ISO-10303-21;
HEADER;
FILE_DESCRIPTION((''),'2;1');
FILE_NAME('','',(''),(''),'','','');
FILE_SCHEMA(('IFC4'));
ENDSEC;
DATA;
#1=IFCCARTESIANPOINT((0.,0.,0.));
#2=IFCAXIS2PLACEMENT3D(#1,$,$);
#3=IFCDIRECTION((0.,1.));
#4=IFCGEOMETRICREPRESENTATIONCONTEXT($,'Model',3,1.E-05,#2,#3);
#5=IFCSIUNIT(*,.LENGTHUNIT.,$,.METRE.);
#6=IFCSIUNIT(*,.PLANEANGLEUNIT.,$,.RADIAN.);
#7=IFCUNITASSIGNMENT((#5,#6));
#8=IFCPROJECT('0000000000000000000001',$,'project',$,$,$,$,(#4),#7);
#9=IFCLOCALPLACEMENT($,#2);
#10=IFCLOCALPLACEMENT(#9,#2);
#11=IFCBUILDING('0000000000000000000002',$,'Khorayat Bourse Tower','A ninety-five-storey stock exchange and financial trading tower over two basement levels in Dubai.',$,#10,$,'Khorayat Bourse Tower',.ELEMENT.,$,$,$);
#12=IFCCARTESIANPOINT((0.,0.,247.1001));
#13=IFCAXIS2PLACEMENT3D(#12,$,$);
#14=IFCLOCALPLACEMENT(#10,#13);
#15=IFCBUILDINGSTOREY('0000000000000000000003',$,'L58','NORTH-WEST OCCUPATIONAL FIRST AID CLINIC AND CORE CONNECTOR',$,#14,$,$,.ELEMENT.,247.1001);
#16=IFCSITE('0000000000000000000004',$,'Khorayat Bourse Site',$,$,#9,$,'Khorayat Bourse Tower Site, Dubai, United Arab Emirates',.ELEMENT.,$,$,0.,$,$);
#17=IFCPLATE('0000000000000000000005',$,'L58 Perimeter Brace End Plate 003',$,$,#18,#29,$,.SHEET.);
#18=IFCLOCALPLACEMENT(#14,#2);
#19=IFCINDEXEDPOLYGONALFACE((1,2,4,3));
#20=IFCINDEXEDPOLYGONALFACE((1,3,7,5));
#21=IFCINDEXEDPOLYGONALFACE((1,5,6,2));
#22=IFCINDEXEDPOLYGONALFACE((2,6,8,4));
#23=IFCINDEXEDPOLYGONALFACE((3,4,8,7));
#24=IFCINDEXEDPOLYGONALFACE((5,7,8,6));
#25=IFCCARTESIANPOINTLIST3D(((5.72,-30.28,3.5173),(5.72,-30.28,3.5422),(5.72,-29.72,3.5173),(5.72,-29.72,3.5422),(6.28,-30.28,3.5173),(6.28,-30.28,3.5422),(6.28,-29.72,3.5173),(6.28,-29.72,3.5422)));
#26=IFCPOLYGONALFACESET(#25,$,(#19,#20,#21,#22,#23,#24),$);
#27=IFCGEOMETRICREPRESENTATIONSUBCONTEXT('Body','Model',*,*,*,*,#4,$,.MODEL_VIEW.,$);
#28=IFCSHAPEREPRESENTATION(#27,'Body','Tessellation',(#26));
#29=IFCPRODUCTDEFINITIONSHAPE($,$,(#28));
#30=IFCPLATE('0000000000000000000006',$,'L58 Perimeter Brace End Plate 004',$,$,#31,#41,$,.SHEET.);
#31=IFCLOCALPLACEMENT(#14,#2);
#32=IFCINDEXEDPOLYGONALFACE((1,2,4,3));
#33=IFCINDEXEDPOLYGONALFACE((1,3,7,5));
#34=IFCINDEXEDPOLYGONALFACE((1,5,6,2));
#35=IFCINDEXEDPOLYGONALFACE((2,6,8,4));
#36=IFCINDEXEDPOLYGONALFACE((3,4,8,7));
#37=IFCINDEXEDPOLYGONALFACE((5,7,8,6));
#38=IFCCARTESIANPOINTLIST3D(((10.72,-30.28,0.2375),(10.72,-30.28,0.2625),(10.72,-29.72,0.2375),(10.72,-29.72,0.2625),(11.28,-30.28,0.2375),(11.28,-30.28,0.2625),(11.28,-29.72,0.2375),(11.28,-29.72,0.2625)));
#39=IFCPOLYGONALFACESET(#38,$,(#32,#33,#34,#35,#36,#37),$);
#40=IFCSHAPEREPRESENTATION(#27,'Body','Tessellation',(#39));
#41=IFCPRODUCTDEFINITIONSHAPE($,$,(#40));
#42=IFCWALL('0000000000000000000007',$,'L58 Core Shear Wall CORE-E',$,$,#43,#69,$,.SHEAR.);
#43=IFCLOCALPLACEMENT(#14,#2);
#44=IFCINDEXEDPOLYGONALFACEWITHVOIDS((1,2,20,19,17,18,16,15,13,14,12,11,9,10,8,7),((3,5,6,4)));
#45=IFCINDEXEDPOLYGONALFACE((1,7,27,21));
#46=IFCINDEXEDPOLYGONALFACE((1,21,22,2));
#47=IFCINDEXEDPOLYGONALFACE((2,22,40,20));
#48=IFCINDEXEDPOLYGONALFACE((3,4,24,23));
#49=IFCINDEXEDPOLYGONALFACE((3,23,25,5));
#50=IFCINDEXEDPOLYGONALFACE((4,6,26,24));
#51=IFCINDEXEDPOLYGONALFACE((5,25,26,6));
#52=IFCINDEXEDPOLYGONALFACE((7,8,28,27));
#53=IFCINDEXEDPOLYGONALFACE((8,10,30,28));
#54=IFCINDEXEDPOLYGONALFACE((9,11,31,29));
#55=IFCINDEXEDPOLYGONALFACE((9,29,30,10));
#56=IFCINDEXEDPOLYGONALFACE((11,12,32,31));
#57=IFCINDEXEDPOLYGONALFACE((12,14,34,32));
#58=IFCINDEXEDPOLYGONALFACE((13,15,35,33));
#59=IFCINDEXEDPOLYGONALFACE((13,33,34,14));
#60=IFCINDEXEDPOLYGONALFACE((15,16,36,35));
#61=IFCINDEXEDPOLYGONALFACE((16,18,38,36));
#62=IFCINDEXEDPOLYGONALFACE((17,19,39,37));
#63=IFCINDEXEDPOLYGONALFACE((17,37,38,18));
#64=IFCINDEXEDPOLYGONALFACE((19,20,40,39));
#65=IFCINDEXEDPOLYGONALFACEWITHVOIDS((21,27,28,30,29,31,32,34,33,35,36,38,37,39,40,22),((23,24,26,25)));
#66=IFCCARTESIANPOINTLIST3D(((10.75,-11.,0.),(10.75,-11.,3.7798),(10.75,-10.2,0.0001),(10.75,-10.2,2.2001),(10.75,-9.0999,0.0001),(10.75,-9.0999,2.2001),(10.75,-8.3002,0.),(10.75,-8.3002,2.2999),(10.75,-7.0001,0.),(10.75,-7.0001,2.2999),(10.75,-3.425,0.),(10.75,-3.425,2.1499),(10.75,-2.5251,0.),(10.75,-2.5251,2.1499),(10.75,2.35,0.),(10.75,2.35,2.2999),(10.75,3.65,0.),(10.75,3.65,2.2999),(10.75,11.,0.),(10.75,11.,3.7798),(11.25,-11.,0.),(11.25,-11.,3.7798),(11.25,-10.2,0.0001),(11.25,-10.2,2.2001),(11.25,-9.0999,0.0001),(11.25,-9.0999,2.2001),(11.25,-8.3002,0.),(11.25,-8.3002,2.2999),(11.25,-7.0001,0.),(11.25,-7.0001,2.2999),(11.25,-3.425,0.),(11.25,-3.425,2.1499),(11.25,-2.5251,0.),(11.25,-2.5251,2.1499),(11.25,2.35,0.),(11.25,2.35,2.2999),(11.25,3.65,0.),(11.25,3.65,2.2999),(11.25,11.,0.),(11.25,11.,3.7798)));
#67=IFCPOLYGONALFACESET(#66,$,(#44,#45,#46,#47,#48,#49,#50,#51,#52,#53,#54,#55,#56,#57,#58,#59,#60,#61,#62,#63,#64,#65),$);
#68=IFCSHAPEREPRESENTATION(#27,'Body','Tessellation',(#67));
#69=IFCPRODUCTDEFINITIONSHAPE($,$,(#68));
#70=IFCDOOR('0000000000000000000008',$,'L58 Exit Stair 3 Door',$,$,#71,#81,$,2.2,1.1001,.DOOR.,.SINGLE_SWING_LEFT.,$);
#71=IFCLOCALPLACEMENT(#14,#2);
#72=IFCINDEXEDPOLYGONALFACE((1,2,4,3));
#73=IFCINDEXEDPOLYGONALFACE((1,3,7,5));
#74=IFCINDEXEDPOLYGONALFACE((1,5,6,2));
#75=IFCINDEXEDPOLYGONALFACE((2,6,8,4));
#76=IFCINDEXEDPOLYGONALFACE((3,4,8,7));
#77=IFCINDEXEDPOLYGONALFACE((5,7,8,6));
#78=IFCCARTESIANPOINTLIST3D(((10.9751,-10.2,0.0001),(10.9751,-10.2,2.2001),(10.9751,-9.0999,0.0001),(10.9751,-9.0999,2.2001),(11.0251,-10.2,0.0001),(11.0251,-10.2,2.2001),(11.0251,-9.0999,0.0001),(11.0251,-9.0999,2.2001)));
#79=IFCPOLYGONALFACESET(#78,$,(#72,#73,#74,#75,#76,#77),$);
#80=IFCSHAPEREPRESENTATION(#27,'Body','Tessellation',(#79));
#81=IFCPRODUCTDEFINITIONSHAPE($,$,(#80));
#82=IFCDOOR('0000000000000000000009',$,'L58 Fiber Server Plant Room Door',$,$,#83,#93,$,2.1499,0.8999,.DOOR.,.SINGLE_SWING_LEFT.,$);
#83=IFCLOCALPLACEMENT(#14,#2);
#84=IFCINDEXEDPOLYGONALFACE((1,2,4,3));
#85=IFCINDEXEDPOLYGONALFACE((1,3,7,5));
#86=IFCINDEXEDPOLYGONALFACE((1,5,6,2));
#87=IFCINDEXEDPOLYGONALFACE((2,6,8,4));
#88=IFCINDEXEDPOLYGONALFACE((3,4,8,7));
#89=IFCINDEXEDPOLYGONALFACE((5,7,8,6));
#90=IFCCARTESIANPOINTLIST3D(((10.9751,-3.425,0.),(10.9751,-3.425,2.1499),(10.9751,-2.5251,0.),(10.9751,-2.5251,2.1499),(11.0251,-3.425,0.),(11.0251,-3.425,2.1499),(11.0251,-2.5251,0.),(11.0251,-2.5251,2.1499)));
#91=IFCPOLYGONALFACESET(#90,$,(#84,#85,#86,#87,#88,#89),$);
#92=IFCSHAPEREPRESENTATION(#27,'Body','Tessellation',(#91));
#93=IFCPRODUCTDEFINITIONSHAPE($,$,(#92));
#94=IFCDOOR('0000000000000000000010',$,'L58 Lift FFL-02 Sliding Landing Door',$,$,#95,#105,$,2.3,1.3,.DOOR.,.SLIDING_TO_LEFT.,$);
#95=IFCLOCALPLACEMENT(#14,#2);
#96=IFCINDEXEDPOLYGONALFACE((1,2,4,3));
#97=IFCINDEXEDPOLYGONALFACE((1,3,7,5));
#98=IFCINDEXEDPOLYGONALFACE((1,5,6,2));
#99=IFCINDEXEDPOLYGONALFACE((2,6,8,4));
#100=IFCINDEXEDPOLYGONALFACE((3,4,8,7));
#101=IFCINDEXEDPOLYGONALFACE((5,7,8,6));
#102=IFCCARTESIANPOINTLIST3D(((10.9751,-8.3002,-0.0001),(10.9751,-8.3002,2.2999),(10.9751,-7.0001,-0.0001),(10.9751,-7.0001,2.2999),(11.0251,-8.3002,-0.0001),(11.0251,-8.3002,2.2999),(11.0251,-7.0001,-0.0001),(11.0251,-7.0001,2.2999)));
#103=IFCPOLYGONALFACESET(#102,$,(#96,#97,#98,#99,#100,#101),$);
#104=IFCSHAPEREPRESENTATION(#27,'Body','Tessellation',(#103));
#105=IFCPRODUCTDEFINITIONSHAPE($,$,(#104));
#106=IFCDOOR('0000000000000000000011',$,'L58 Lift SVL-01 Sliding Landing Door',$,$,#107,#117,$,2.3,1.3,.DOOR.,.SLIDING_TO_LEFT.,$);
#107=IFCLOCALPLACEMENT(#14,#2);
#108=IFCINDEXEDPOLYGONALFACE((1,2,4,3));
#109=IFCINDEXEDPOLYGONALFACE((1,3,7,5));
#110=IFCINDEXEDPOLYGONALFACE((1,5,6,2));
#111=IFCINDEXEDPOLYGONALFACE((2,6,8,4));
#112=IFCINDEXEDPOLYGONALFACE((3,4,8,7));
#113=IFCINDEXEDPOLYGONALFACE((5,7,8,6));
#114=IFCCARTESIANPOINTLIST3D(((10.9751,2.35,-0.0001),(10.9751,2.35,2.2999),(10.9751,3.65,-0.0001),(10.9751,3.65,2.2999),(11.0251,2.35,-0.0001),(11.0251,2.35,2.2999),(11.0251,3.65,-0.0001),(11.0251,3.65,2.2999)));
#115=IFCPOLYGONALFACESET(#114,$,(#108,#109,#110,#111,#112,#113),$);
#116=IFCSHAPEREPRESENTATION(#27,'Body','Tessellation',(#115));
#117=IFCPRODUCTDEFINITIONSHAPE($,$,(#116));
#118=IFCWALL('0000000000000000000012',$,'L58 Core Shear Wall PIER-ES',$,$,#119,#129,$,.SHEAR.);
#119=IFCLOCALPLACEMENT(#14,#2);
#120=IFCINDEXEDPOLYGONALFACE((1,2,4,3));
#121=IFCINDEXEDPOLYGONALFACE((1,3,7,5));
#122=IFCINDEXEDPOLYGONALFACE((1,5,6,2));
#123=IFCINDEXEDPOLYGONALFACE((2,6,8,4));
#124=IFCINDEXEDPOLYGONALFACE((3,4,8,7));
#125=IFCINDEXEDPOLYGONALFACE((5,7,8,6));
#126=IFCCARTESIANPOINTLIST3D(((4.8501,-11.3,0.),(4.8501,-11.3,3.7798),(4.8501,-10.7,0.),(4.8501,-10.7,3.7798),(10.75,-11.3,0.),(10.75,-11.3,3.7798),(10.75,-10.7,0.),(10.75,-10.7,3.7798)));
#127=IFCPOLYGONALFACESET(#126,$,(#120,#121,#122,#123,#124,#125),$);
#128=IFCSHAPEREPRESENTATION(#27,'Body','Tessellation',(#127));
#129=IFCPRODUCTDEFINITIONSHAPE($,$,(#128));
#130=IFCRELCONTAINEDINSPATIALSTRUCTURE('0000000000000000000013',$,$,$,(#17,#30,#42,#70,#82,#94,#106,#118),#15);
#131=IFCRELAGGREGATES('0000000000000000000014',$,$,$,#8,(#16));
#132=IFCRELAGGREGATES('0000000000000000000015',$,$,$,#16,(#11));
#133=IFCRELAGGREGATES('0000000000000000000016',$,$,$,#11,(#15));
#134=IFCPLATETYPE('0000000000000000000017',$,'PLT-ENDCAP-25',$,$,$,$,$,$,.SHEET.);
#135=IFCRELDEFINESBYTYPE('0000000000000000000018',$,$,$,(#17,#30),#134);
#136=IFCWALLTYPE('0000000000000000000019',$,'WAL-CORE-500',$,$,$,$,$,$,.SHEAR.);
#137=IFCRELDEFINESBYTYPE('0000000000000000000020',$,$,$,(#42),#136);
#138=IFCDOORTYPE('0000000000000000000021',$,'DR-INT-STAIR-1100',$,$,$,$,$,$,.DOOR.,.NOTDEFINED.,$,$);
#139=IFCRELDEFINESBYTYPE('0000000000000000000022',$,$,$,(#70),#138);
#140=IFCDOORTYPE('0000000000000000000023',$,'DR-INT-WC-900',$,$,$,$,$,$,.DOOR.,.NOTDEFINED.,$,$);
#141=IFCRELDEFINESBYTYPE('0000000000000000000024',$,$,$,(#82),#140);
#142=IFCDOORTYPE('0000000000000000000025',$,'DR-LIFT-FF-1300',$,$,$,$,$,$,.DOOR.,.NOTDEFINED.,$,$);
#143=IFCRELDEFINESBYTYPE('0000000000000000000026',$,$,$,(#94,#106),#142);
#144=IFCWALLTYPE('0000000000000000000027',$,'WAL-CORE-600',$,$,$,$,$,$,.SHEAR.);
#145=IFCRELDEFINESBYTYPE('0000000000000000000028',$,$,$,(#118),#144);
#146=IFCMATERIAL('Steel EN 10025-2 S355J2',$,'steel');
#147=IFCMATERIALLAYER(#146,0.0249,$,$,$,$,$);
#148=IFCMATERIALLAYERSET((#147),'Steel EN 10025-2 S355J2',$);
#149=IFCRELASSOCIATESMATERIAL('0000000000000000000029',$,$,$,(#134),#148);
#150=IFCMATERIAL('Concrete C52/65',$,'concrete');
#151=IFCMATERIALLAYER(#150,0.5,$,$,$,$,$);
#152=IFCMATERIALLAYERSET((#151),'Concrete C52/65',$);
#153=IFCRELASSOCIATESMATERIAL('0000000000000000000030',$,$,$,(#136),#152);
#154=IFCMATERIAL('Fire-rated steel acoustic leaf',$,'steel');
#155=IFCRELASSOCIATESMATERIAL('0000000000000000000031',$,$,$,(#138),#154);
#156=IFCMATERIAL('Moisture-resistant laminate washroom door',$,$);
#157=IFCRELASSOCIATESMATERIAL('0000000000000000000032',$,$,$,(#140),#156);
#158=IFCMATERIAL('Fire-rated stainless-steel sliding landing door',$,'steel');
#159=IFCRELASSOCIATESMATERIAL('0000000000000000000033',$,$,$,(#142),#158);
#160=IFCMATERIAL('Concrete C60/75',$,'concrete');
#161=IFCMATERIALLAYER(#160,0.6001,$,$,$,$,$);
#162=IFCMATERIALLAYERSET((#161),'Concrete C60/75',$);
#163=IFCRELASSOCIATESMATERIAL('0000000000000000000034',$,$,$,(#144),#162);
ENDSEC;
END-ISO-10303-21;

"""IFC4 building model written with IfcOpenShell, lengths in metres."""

from ifc_helpers import new_model, si_unit, direction, frame, frame_2d, origin, origin_2d, place, context, subcontext, project, spatial, rectangle, extrude, source, transform, mapped, material, layer, layer_set, type_object, element, fill, save


model = new_model("IFC4")

# Units and contexts
model_context = context("Model", 3, precision=1e-05, world=origin(), true_north=direction((0.0, 1.0)))
body_context = subcontext(model_context, "Body", "Model", "MODEL_VIEW")
ifc_project = project(units=[si_unit("LENGTHUNIT", "METRE"), si_unit("PLANEANGLEUNIT", "RADIAN")], contexts=[model_context])

# Site, building, storey
site_placement = place(None, origin())
site = spatial("IfcSite", under=ifc_project, at=site_placement, Name="Khorayat Bourse Site", LongName="Khorayat Bourse Tower Site, Dubai, United Arab Emirates", CompositionType="ELEMENT", RefElevation=0.0)
building_placement = place(site_placement, origin())
building = spatial("IfcBuilding", under=site, at=building_placement, Name="Khorayat Bourse Tower", Description="A ninety-five-storey stock exchange and financial trading tower over two basement levels in Dubai.", LongName="Khorayat Bourse Tower", CompositionType="ELEMENT")
storey_placement = place(building_placement, frame((0.0, 0.0, 247.1001)))
storey = spatial("IfcBuildingStorey", under=building, at=storey_placement, Name="L58", Description="NORTH-WEST OCCUPATIONAL FIRST AID CLINIC AND CORE CONNECTOR", CompositionType="ELEMENT", Elevation=247.1001)

# Shared definitions
ifc_material_1 = material(Name="Concrete C60/75", Category="concrete")

# Plates
ifc_material_2 = material(Name="Steel EN 10025-2 S355J2", Category="steel")
ifc_layer_1 = layer(ifc_material_2, 0.0249)
ifc_layer_set_1 = layer_set([ifc_layer_1], Name="Steel EN 10025-2 S355J2")
plate_type = type_object("IfcPlateType", Name="PLT-ENDCAP-25", PredefinedType="SHEET", material=ifc_layer_set_1)
shared_shape_1 = source(origin(), body_context, "Body", "SweptSolid", [
    extrude(rectangle(XDim=0.5601, YDim=0.5601, at=origin_2d()), origin(), (0.0, 0.0, 1.0), 0.0249),
])
for number, where, z_axis, x_axis, name in (
    (1, (6.0, -30.0, 3.5173), (0.0, 0.0, 1.0), (1.0, 0.0, 0.0), "L58 Perimeter Brace End Plate 003"),
    (2, (11.0, -30.0, 0.2375), (0.0, 0.0, 1.0), (1.0, 0.0, 0.0), "L58 Perimeter Brace End Plate 004"),
):
    element("IfcPlate", number, at=place(storey_placement, frame(where, z_axis=z_axis, x_axis=x_axis)), inside=storey, type_object=plate_type, Name=name, PredefinedType="SHEET", context=body_context, shape_type="MappedRepresentation", body=[
        mapped(shared_shape_1, transform((0.0, 0.0, 0.0), scale=1.0)),
    ])

# Wall, openings, doors
ifc_material_3 = material(Name="Concrete C52/65", Category="concrete")
ifc_layer_2 = layer(ifc_material_3, 0.5)
ifc_layer_set_2 = layer_set([ifc_layer_2], Name="Concrete C52/65")
wall_type_1 = type_object("IfcWallType", Name="WAL-CORE-500", PredefinedType="SHEAR", material=ifc_layer_set_2)
shared_shape_2 = source(origin(), body_context, "Body", "SweptSolid", [
    extrude(rectangle(XDim=22.0, YDim=0.5, at=frame_2d((11.0, 0.0))), origin(), (0.0, 0.0, 1.0), 3.7798),
])
wall_1_placement = place(storey_placement, frame((11.0, -11.0, 0.0), z_axis=(0.0, 0.0, 1.0), x_axis=(0.0, 1.0, 0.0)))
wall_1 = element("IfcWall", 3, at=wall_1_placement, inside=storey, type_object=wall_type_1, Name="L58 Core Shear Wall CORE-E", PredefinedType="SHEAR", context=body_context, shape_type="MappedRepresentation", body=[
    mapped(shared_shape_2, transform((0.0, 0.0, 0.0), scale=1.0)),
])
shared_shape_3 = source(origin(), body_context, "Body", "SweptSolid", [
    extrude(rectangle(XDim=1.1001, YDim=2.2, at=frame_2d((0.55, 1.1001))), frame((0.0, 0.26, 0.0), z_axis=(0.0, -1.0, 0.0), x_axis=(1.0, 0.0, 0.0)), (0.0, 0.0, 1.0), 0.52),
])
opening_1_placement = place(wall_1_placement, frame((0.8, 0.0, 0.0)))
opening_1 = element("IfcOpeningElement", 4, at=opening_1_placement, cuts=wall_1, PredefinedType="OPENING", context=body_context, shape_type="MappedRepresentation", body=[
    mapped(shared_shape_3, transform((0.0, 0.0, 0.0), scale=1.0)),
])
shared_shape_4 = source(origin(), body_context, "Body", "SweptSolid", [
    extrude(rectangle(XDim=0.8999, YDim=2.1499, at=frame_2d((0.45, 1.075))), frame((0.0, 0.26, 0.0), z_axis=(0.0, -1.0, 0.0), x_axis=(1.0, 0.0, 0.0)), (0.0, 0.0, 1.0), 0.52),
])
opening_2_placement = place(wall_1_placement, frame((7.575, 0.0, 0.0)))
opening_2 = element("IfcOpeningElement", 5, at=opening_2_placement, cuts=wall_1, PredefinedType="OPENING", context=body_context, shape_type="MappedRepresentation", body=[
    mapped(shared_shape_4, transform((0.0, 0.0, 0.0), scale=1.0)),
])
shared_shape_5 = source(origin(), body_context, "Body", "SweptSolid", [
    extrude(rectangle(XDim=1.3, YDim=2.3, at=frame_2d((0.6499, 1.1499))), frame((0.0, 0.26, 0.0), z_axis=(0.0, -1.0, 0.0), x_axis=(1.0, 0.0, 0.0)), (0.0, 0.0, 1.0), 0.52),
])
opening_3_placement = place(wall_1_placement, frame((2.7, 0.0, 0.0)))
opening_3 = element("IfcOpeningElement", 6, at=opening_3_placement, cuts=wall_1, PredefinedType="OPENING", context=body_context, shape_type="MappedRepresentation", body=[
    mapped(shared_shape_5, transform((0.0, 0.0, 0.0), scale=1.0)),
])
opening_4_placement = place(wall_1_placement, frame((13.3501, 0.0, 0.0)))
opening_4 = element("IfcOpeningElement", 7, at=opening_4_placement, cuts=wall_1, PredefinedType="OPENING", context=body_context, shape_type="MappedRepresentation", body=[
    mapped(shared_shape_5, transform((0.0, 0.0, 0.0), scale=1.0)),
])
ifc_material_4 = material(Name="Fire-rated steel acoustic leaf", Category="steel")
door_type_1 = type_object("IfcDoorType", Name="DR-INT-STAIR-1100", OperationType="NOTDEFINED", PredefinedType="DOOR", material=ifc_material_4)
shared_shape_6 = source(origin(), body_context, "Body", "SweptSolid", [
    extrude(rectangle(XDim=1.1001, YDim=2.2, at=frame_2d((0.55, 1.1001))), frame((0.0, 0.0249, 0.0), z_axis=(0.0, -1.0, 0.0), x_axis=(1.0, 0.0, 0.0)), (0.0, 0.0, 1.0), 0.05),
])
door_1_placement = place(opening_1_placement, origin())
door_1 = element("IfcDoor", 8, at=door_1_placement, inside=storey, type_object=door_type_1, Name="L58 Exit Stair 3 Door", OperationType="SINGLE_SWING_LEFT", OverallHeight=2.2, OverallWidth=1.1001, PredefinedType="DOOR", context=body_context, shape_type="MappedRepresentation", body=[
    mapped(shared_shape_6, transform((0.0, 0.0, 0.0), scale=1.0)),
])
fill(opening_1, door_1)
ifc_material_5 = material(Name="Moisture-resistant laminate washroom door")
door_type_2 = type_object("IfcDoorType", Name="DR-INT-WC-900", OperationType="NOTDEFINED", PredefinedType="DOOR", material=ifc_material_5)
shared_shape_7 = source(origin(), body_context, "Body", "SweptSolid", [
    extrude(rectangle(XDim=0.8999, YDim=2.1499, at=frame_2d((0.45, 1.075))), frame((0.0, 0.0249, 0.0), z_axis=(0.0, -1.0, 0.0), x_axis=(1.0, 0.0, 0.0)), (0.0, 0.0, 1.0), 0.05),
])
door_2_placement = place(opening_2_placement, origin())
door_2 = element("IfcDoor", 9, at=door_2_placement, inside=storey, type_object=door_type_2, Name="L58 Fiber Server Plant Room Door", OperationType="SINGLE_SWING_LEFT", OverallHeight=2.1499, OverallWidth=0.8999, PredefinedType="DOOR", context=body_context, shape_type="MappedRepresentation", body=[
    mapped(shared_shape_7, transform((0.0, 0.0, 0.0), scale=1.0)),
])
fill(opening_2, door_2)
ifc_material_6 = material(Name="Fire-rated stainless-steel sliding landing door", Category="steel")
door_type_3 = type_object("IfcDoorType", Name="DR-LIFT-FF-1300", OperationType="NOTDEFINED", PredefinedType="DOOR", material=ifc_material_6)
shared_shape_8 = source(origin(), body_context, "Body", "SweptSolid", [
    extrude(rectangle(XDim=1.3, YDim=2.3, at=frame_2d((0.6499, 1.1499))), frame((0.0, 0.0249, 0.0), z_axis=(0.0, -1.0, 0.0), x_axis=(1.0, 0.0, 0.0)), (0.0, 0.0, 1.0), 0.05),
])
door_3_placement = place(opening_3_placement, origin())
door_3 = element("IfcDoor", 10, at=door_3_placement, inside=storey, type_object=door_type_3, Name="L58 Lift FFL-02 Sliding Landing Door", OperationType="SLIDING_TO_LEFT", OverallHeight=2.3, OverallWidth=1.3, PredefinedType="DOOR", context=body_context, shape_type="MappedRepresentation", body=[
    mapped(shared_shape_8, transform((0.0, 0.0, 0.0), scale=1.0)),
])
fill(opening_3, door_3)
door_4_placement = place(opening_4_placement, origin())
door_4 = element("IfcDoor", 11, at=door_4_placement, inside=storey, type_object=door_type_3, Name="L58 Lift SVL-01 Sliding Landing Door", OperationType="SLIDING_TO_LEFT", OverallHeight=2.3, OverallWidth=1.3, PredefinedType="DOOR", context=body_context, shape_type="MappedRepresentation", body=[
    mapped(shared_shape_8, transform((0.0, 0.0, 0.0), scale=1.0)),
])
fill(opening_4, door_4)

# Wall
ifc_layer_3 = layer(ifc_material_1, 0.6001)
ifc_layer_set_3 = layer_set([ifc_layer_3], Name="Concrete C60/75")
wall_type_2 = type_object("IfcWallType", Name="WAL-CORE-600", PredefinedType="SHEAR", material=ifc_layer_set_3)
shared_shape_9 = source(origin(), body_context, "Body", "SweptSolid", [
    extrude(rectangle(XDim=5.8999, YDim=0.6001, at=frame_2d((2.95, 0.0))), origin(), (0.0, 0.0, 1.0), 3.7798),
])
wall_2_placement = place(storey_placement, frame((4.8501, -11.0, 0.0), z_axis=(0.0, 0.0, 1.0), x_axis=(1.0, 0.0, 0.0)))
element("IfcWall", 12, at=wall_2_placement, inside=storey, type_object=wall_type_2, Name="L58 Core Shear Wall PIER-ES", PredefinedType="SHEAR", context=body_context, shape_type="MappedRepresentation", body=[
    mapped(shared_shape_9, transform((0.0, 0.0, 0.0), scale=1.0)),
])

save(model, "model.ifc")
